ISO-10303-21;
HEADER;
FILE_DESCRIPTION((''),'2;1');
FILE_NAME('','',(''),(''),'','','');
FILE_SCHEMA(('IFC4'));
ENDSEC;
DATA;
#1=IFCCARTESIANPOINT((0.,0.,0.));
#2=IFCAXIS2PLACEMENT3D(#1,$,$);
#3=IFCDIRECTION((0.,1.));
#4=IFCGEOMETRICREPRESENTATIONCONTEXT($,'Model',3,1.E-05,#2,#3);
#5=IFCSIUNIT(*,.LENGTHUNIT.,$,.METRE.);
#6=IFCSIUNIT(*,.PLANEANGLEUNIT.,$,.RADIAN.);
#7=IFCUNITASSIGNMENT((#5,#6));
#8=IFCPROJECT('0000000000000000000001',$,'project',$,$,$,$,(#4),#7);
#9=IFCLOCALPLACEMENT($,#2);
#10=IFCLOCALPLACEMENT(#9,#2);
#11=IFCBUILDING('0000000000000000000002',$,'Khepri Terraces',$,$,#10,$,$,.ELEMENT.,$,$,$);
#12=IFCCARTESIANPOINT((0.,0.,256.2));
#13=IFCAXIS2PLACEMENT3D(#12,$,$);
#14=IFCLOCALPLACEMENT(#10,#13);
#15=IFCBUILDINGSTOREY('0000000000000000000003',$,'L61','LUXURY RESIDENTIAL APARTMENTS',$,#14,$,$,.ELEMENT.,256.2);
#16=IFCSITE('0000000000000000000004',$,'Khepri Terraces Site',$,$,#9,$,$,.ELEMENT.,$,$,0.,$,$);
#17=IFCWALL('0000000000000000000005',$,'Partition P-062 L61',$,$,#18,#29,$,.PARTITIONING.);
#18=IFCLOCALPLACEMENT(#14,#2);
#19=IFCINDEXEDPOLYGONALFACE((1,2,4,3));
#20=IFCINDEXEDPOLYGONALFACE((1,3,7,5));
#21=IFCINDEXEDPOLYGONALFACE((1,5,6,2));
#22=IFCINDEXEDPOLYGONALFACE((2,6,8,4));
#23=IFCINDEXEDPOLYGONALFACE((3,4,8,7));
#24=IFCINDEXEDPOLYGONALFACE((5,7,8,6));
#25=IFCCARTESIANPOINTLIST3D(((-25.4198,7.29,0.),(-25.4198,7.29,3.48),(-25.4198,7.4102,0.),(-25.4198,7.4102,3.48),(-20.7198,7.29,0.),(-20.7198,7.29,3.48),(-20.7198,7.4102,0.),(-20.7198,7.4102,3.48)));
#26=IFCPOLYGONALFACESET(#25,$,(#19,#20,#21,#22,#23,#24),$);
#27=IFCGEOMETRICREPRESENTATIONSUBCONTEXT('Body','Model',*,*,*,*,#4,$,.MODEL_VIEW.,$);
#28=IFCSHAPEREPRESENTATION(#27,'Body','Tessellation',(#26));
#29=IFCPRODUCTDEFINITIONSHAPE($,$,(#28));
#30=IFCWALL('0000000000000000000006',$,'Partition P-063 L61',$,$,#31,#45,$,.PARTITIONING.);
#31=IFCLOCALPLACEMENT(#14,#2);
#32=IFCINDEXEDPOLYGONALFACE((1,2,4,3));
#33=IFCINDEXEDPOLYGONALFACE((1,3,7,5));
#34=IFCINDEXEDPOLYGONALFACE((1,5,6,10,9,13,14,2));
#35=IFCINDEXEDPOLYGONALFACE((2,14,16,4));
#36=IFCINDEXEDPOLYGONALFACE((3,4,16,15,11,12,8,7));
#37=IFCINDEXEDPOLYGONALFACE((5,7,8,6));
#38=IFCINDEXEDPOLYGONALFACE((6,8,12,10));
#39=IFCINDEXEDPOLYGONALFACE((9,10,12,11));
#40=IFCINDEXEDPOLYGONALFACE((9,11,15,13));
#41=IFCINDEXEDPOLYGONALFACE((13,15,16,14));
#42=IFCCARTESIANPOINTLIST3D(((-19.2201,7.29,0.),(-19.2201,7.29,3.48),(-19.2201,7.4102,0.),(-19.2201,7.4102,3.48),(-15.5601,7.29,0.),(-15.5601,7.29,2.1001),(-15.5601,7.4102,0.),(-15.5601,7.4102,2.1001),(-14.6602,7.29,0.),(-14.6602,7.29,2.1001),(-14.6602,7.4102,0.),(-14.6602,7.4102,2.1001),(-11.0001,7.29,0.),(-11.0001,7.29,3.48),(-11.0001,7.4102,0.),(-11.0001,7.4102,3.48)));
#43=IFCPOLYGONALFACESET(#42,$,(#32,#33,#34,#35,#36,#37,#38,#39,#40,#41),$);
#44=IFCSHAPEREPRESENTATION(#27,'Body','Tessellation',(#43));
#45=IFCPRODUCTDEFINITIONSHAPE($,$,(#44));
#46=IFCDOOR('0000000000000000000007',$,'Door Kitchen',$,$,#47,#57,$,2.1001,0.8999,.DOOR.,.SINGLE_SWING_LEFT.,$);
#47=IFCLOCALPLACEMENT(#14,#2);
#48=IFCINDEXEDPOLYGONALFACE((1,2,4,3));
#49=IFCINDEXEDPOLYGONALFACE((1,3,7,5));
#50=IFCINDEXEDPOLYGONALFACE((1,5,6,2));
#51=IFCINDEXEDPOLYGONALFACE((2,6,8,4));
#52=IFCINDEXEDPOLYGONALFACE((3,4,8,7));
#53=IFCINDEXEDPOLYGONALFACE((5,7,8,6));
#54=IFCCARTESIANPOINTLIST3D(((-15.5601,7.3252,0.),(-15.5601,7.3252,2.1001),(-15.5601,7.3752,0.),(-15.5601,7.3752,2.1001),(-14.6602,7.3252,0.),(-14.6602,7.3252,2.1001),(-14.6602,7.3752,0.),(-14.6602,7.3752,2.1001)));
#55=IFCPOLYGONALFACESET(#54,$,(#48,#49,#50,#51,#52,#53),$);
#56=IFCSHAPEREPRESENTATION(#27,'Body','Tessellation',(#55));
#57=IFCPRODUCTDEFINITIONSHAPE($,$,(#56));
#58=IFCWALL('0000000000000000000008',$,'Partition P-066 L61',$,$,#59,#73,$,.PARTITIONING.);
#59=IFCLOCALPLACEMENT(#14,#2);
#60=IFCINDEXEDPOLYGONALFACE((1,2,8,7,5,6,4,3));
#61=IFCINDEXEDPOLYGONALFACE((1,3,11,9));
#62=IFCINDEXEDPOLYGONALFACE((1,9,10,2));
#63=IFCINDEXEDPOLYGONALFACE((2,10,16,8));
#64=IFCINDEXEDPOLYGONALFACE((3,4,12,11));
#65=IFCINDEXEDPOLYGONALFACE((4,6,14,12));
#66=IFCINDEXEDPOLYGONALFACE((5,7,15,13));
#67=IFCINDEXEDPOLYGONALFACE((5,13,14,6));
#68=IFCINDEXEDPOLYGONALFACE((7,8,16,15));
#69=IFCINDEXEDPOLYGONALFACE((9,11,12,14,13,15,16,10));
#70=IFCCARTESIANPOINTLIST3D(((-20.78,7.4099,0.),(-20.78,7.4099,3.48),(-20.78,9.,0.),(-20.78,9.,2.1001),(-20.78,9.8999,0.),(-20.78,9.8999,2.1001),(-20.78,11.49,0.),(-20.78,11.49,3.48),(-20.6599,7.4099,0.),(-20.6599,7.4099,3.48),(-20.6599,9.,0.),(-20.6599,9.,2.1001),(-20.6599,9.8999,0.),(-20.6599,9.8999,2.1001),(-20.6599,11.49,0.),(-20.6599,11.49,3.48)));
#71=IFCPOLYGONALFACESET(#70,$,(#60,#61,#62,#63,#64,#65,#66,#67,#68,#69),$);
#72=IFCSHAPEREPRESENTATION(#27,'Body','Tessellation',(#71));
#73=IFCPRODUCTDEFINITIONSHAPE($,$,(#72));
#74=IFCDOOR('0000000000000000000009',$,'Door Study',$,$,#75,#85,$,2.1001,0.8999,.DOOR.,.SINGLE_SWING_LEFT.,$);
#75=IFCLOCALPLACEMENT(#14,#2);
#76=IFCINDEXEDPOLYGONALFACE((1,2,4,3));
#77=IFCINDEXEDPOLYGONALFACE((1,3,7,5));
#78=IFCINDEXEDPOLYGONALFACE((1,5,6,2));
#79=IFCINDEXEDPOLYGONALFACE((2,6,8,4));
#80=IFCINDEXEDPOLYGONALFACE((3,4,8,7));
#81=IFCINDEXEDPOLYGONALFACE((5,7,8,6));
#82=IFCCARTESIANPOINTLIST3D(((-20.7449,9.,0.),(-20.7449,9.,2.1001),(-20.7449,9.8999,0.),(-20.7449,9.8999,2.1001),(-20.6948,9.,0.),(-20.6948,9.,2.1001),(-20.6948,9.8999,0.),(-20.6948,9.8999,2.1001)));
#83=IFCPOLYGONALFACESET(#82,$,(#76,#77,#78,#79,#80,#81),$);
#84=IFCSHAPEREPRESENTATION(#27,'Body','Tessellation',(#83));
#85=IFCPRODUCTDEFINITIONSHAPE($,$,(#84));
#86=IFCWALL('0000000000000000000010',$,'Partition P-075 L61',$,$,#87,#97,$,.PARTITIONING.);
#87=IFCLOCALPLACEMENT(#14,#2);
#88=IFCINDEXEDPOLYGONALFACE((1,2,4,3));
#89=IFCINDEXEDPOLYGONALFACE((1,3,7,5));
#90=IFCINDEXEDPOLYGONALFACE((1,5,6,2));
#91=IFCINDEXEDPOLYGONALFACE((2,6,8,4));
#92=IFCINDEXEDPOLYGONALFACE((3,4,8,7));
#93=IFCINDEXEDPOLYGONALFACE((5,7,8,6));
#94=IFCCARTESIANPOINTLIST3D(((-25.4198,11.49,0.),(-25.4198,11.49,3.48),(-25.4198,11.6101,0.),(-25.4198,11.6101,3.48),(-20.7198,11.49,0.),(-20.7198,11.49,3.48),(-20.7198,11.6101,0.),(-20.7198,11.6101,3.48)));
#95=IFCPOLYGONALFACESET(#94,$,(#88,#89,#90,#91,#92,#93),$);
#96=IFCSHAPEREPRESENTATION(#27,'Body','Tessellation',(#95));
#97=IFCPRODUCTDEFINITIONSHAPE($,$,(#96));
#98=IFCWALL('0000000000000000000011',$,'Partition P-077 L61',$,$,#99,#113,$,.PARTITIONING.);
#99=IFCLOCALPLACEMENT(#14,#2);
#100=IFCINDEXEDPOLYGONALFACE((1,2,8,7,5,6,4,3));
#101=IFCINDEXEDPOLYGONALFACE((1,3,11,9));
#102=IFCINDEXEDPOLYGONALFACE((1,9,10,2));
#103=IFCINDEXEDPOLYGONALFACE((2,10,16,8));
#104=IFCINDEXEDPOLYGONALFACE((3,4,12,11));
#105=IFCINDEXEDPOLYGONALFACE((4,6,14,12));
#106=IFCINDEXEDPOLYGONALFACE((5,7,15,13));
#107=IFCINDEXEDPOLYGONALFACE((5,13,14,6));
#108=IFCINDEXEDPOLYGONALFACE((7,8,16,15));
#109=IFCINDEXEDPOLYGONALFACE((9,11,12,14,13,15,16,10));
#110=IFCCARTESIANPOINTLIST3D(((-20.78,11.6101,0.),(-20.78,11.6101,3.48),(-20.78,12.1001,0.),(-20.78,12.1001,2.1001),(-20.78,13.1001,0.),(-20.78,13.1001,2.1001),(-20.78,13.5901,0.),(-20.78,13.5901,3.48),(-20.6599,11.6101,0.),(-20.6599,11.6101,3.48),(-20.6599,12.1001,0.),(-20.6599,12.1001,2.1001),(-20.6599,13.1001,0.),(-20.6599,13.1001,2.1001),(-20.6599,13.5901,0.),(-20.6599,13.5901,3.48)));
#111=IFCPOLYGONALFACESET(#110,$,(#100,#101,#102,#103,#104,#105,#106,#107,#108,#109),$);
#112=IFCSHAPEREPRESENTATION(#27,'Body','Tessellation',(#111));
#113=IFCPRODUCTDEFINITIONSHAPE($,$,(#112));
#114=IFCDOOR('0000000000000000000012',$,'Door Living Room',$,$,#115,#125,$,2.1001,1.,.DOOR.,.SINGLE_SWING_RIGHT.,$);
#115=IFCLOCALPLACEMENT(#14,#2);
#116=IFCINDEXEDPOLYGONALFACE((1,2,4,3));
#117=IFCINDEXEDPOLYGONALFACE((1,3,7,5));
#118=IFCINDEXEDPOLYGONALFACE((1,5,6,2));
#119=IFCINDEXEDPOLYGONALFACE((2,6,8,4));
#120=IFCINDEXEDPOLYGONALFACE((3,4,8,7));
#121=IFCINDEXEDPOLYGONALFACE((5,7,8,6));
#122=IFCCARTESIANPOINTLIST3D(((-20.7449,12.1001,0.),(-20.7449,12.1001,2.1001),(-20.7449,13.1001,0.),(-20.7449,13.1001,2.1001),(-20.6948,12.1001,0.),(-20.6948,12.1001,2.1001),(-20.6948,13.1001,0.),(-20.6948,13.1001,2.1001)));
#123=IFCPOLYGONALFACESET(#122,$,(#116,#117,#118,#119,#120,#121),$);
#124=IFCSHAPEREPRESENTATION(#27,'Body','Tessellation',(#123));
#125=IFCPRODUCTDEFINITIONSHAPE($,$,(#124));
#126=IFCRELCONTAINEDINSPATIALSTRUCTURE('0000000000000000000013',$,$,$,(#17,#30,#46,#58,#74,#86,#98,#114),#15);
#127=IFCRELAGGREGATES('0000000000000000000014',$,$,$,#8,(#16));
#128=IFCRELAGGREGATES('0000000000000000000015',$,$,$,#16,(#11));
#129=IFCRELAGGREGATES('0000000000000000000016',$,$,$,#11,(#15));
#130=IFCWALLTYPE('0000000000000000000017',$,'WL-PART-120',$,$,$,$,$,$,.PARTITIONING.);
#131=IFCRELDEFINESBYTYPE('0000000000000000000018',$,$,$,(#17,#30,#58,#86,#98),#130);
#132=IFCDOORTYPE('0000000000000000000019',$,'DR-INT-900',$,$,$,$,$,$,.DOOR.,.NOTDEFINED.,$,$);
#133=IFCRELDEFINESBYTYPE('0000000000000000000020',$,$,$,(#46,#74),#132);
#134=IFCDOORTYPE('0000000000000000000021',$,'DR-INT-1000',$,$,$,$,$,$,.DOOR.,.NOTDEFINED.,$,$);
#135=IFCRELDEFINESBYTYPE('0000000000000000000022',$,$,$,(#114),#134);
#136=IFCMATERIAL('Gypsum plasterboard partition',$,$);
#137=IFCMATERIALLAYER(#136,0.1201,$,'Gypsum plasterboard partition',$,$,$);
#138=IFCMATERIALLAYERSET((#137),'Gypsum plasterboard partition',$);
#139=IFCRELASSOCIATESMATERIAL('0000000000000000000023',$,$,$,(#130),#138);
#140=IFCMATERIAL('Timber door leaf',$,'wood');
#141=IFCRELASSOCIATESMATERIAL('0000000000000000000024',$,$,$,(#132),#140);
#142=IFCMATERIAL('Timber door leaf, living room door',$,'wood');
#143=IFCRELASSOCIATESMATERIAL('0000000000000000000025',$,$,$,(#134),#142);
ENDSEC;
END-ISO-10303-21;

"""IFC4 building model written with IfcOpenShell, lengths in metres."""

from ifc_helpers import new_model, si_unit, direction, frame, frame_2d, origin, place, context, subcontext, project, spatial, rectangle, extrude, material, layer, layer_set, type_object, element, fill, save


model = new_model("IFC4")

# Units and contexts
model_context = context("Model", 3, precision=1e-05, world=origin(), true_north=direction((0.0, 1.0)))
body_context = subcontext(model_context, "Body", "Model", "MODEL_VIEW")
ifc_project = project(units=[si_unit("LENGTHUNIT", "METRE"), si_unit("PLANEANGLEUNIT", "RADIAN")], contexts=[model_context])

# Site, building, storey
site_placement = place(None, origin())
site = spatial("IfcSite", under=ifc_project, at=site_placement, Name="Khepri Terraces Site", CompositionType="ELEMENT", RefElevation=0.0)
building_placement = place(site_placement, origin())
building = spatial("IfcBuilding", under=site, at=building_placement, Name="Khepri Terraces", CompositionType="ELEMENT")
storey_placement = place(building_placement, frame((0.0, 0.0, 256.2)))
storey = spatial("IfcBuildingStorey", under=building, at=storey_placement, Name="L61", Description="LUXURY RESIDENTIAL APARTMENTS", CompositionType="ELEMENT", Elevation=256.2)

# Shared definitions
ifc_material_1 = material(Name="Gypsum plasterboard partition")
ifc_layer_1 = layer(ifc_material_1, 0.1201, Name="Gypsum plasterboard partition")
ifc_layer_set_1 = layer_set([ifc_layer_1], Name="Gypsum plasterboard partition")
wall_type_1 = type_object("IfcWallType", Name="WL-PART-120", PredefinedType="PARTITIONING", material=ifc_layer_set_1)

# Shared definitions
ifc_material_2 = material(Name="Timber door leaf", Category="wood")
door_type_1 = type_object("IfcDoorType", Name="DR-INT-900", OperationType="NOTDEFINED", PredefinedType="DOOR", material=ifc_material_2)

# Wall
wall_1_placement = place(storey_placement, frame((-25.4199, 7.3501, 0.0), z_axis=(0.0, 0.0, 1.0), x_axis=(1.0, 0.0, 0.0)))
element("IfcWall", 1, at=wall_1_placement, inside=storey, type_object=wall_type_1, Name="Partition P-062 L61", PredefinedType="PARTITIONING", context=body_context, shape_type="SweptSolid", body=[
    extrude(rectangle(XDim=4.7, YDim=0.1201, at=frame_2d((2.3501, 0.0))), origin(), (0.0, 0.0, 1.0), 3.48),
])

# Walls, openings, doors
wall_2_placement = place(storey_placement, frame((-19.22, 7.3501, 0.0), z_axis=(0.0, 0.0, 1.0), x_axis=(1.0, 0.0, 0.0)))
wall_2 = element("IfcWall", 2, at=wall_2_placement, inside=storey, type_object=wall_type_1, Name="Partition P-063 L61", PredefinedType="PARTITIONING", context=body_context, shape_type="SweptSolid", body=[
    extrude(rectangle(XDim=8.22, YDim=0.1201, at=frame_2d((4.1099, 0.0))), origin(), (0.0, 0.0, 1.0), 3.48),
])
opening_1_placement = place(wall_2_placement, frame((3.6599, 0.0, 0.0)))
opening_1 = element("IfcOpeningElement", 3, at=opening_1_placement, cuts=wall_2, PredefinedType="OPENING", context=body_context, shape_type="SweptSolid", body=[
    extrude(rectangle(XDim=0.8999, YDim=2.1001, at=frame_2d((0.45, 1.05))), frame((0.0, 0.0701, 0.0), z_axis=(0.0, -1.0, 0.0), x_axis=(1.0, 0.0, 0.0)), (0.0, 0.0, 1.0), 0.1401),
])
door_1_placement = place(opening_1_placement, frame((0.8999, 0.0, 0.0), z_axis=(0.0, 0.0, 1.0), x_axis=(-1.0, 0.0, 0.0)))
door_1 = element("IfcDoor", 4, at=door_1_placement, inside=storey, type_object=door_type_1, Name="Door Kitchen", OperationType="SINGLE_SWING_LEFT", OverallHeight=2.1001, OverallWidth=0.8999, PredefinedType="DOOR", context=body_context, shape_type="SweptSolid", body=[
    extrude(rectangle(XDim=0.8999, YDim=2.1001, at=frame_2d((0.45, 1.05))), frame((0.0, 0.0249, 0.0), z_axis=(0.0, -1.0, 0.0), x_axis=(1.0, 0.0, 0.0)), (0.0, 0.0, 1.0), 0.05),
])
fill(opening_1, door_1)
wall_3_placement = place(storey_placement, frame((-20.72, 7.4099, 0.0), z_axis=(0.0, 0.0, 1.0), x_axis=(0.0, 1.0, 0.0)))
wall_3 = element("IfcWall", 5, at=wall_3_placement, inside=storey, type_object=wall_type_1, Name="Partition P-066 L61", PredefinedType="PARTITIONING", context=body_context, shape_type="SweptSolid", body=[
    extrude(rectangle(XDim=4.0801, YDim=0.1201, at=frame_2d((2.04, 0.0))), origin(), (0.0, 0.0, 1.0), 3.48),
])
opening_2_placement = place(wall_3_placement, frame((1.5901, 0.0, 0.0)))
opening_2 = element("IfcOpeningElement", 6, at=opening_2_placement, cuts=wall_3, PredefinedType="OPENING", context=body_context, shape_type="SweptSolid", body=[
    extrude(rectangle(XDim=0.8999, YDim=2.1001, at=frame_2d((0.45, 1.05))), frame((0.0, 0.0701, 0.0), z_axis=(0.0, -1.0, 0.0), x_axis=(1.0, 0.0, 0.0)), (0.0, 0.0, 1.0), 0.1401),
])
door_2_placement = place(opening_2_placement, origin())
door_2 = element("IfcDoor", 7, at=door_2_placement, inside=storey, type_object=door_type_1, Name="Door Study", OperationType="SINGLE_SWING_LEFT", OverallHeight=2.1001, OverallWidth=0.8999, PredefinedType="DOOR", context=body_context, shape_type="SweptSolid", body=[
    extrude(rectangle(XDim=0.8999, YDim=2.1001, at=frame_2d((0.45, 1.05))), frame((0.0, 0.0249, 0.0), z_axis=(0.0, -1.0, 0.0), x_axis=(1.0, 0.0, 0.0)), (0.0, 0.0, 1.0), 0.05),
])
fill(opening_2, door_2)

# Wall
wall_4_placement = place(storey_placement, frame((-25.4199, 11.55, 0.0), z_axis=(0.0, 0.0, 1.0), x_axis=(1.0, 0.0, 0.0)))
element("IfcWall", 8, at=wall_4_placement, inside=storey, type_object=wall_type_1, Name="Partition P-075 L61", PredefinedType="PARTITIONING", context=body_context, shape_type="SweptSolid", body=[
    extrude(rectangle(XDim=4.7, YDim=0.1201, at=frame_2d((2.3501, 0.0))), origin(), (0.0, 0.0, 1.0), 3.48),
])

# Wall, opening, door
wall_5_placement = place(storey_placement, frame((-20.72, 11.6101, 0.0), z_axis=(0.0, 0.0, 1.0), x_axis=(0.0, 1.0, 0.0)))
wall_5 = element("IfcWall", 9, at=wall_5_placement, inside=storey, type_object=wall_type_1, Name="Partition P-077 L61", PredefinedType="PARTITIONING", context=body_context, shape_type="SweptSolid", body=[
    extrude(rectangle(XDim=1.98, YDim=0.1201, at=frame_2d((0.99, 0.0))), origin(), (0.0, 0.0, 1.0), 3.48),
])
opening_3_placement = place(wall_5_placement, frame((0.49, 0.0, 0.0)))
opening_3 = element("IfcOpeningElement", 10, at=opening_3_placement, cuts=wall_5, PredefinedType="OPENING", context=body_context, shape_type="SweptSolid", body=[
    extrude(rectangle(XDim=1.0, YDim=2.1001, at=frame_2d((0.5, 1.05))), frame((0.0, 0.0701, 0.0), z_axis=(0.0, -1.0, 0.0), x_axis=(1.0, 0.0, 0.0)), (0.0, 0.0, 1.0), 0.1401),
])
ifc_material_3 = material(Name="Timber door leaf, living room door", Category="wood")
door_type_2 = type_object("IfcDoorType", Name="DR-INT-1000", OperationType="NOTDEFINED", PredefinedType="DOOR", material=ifc_material_3)
door_3_placement = place(opening_3_placement, origin())
door_3 = element("IfcDoor", 11, at=door_3_placement, inside=storey, type_object=door_type_2, Name="Door Living Room", OperationType="SINGLE_SWING_RIGHT", OverallHeight=2.1001, OverallWidth=1.0, PredefinedType="DOOR", context=body_context, shape_type="SweptSolid", body=[
    extrude(rectangle(XDim=1.0, YDim=2.1001, at=frame_2d((0.5, 1.05))), frame((0.0, 0.0249, 0.0), z_axis=(0.0, -1.0, 0.0), x_axis=(1.0, 0.0, 0.0)), (0.0, 0.0, 1.0), 0.05),
])
fill(opening_3, door_3)

save(model, "model.ifc")
